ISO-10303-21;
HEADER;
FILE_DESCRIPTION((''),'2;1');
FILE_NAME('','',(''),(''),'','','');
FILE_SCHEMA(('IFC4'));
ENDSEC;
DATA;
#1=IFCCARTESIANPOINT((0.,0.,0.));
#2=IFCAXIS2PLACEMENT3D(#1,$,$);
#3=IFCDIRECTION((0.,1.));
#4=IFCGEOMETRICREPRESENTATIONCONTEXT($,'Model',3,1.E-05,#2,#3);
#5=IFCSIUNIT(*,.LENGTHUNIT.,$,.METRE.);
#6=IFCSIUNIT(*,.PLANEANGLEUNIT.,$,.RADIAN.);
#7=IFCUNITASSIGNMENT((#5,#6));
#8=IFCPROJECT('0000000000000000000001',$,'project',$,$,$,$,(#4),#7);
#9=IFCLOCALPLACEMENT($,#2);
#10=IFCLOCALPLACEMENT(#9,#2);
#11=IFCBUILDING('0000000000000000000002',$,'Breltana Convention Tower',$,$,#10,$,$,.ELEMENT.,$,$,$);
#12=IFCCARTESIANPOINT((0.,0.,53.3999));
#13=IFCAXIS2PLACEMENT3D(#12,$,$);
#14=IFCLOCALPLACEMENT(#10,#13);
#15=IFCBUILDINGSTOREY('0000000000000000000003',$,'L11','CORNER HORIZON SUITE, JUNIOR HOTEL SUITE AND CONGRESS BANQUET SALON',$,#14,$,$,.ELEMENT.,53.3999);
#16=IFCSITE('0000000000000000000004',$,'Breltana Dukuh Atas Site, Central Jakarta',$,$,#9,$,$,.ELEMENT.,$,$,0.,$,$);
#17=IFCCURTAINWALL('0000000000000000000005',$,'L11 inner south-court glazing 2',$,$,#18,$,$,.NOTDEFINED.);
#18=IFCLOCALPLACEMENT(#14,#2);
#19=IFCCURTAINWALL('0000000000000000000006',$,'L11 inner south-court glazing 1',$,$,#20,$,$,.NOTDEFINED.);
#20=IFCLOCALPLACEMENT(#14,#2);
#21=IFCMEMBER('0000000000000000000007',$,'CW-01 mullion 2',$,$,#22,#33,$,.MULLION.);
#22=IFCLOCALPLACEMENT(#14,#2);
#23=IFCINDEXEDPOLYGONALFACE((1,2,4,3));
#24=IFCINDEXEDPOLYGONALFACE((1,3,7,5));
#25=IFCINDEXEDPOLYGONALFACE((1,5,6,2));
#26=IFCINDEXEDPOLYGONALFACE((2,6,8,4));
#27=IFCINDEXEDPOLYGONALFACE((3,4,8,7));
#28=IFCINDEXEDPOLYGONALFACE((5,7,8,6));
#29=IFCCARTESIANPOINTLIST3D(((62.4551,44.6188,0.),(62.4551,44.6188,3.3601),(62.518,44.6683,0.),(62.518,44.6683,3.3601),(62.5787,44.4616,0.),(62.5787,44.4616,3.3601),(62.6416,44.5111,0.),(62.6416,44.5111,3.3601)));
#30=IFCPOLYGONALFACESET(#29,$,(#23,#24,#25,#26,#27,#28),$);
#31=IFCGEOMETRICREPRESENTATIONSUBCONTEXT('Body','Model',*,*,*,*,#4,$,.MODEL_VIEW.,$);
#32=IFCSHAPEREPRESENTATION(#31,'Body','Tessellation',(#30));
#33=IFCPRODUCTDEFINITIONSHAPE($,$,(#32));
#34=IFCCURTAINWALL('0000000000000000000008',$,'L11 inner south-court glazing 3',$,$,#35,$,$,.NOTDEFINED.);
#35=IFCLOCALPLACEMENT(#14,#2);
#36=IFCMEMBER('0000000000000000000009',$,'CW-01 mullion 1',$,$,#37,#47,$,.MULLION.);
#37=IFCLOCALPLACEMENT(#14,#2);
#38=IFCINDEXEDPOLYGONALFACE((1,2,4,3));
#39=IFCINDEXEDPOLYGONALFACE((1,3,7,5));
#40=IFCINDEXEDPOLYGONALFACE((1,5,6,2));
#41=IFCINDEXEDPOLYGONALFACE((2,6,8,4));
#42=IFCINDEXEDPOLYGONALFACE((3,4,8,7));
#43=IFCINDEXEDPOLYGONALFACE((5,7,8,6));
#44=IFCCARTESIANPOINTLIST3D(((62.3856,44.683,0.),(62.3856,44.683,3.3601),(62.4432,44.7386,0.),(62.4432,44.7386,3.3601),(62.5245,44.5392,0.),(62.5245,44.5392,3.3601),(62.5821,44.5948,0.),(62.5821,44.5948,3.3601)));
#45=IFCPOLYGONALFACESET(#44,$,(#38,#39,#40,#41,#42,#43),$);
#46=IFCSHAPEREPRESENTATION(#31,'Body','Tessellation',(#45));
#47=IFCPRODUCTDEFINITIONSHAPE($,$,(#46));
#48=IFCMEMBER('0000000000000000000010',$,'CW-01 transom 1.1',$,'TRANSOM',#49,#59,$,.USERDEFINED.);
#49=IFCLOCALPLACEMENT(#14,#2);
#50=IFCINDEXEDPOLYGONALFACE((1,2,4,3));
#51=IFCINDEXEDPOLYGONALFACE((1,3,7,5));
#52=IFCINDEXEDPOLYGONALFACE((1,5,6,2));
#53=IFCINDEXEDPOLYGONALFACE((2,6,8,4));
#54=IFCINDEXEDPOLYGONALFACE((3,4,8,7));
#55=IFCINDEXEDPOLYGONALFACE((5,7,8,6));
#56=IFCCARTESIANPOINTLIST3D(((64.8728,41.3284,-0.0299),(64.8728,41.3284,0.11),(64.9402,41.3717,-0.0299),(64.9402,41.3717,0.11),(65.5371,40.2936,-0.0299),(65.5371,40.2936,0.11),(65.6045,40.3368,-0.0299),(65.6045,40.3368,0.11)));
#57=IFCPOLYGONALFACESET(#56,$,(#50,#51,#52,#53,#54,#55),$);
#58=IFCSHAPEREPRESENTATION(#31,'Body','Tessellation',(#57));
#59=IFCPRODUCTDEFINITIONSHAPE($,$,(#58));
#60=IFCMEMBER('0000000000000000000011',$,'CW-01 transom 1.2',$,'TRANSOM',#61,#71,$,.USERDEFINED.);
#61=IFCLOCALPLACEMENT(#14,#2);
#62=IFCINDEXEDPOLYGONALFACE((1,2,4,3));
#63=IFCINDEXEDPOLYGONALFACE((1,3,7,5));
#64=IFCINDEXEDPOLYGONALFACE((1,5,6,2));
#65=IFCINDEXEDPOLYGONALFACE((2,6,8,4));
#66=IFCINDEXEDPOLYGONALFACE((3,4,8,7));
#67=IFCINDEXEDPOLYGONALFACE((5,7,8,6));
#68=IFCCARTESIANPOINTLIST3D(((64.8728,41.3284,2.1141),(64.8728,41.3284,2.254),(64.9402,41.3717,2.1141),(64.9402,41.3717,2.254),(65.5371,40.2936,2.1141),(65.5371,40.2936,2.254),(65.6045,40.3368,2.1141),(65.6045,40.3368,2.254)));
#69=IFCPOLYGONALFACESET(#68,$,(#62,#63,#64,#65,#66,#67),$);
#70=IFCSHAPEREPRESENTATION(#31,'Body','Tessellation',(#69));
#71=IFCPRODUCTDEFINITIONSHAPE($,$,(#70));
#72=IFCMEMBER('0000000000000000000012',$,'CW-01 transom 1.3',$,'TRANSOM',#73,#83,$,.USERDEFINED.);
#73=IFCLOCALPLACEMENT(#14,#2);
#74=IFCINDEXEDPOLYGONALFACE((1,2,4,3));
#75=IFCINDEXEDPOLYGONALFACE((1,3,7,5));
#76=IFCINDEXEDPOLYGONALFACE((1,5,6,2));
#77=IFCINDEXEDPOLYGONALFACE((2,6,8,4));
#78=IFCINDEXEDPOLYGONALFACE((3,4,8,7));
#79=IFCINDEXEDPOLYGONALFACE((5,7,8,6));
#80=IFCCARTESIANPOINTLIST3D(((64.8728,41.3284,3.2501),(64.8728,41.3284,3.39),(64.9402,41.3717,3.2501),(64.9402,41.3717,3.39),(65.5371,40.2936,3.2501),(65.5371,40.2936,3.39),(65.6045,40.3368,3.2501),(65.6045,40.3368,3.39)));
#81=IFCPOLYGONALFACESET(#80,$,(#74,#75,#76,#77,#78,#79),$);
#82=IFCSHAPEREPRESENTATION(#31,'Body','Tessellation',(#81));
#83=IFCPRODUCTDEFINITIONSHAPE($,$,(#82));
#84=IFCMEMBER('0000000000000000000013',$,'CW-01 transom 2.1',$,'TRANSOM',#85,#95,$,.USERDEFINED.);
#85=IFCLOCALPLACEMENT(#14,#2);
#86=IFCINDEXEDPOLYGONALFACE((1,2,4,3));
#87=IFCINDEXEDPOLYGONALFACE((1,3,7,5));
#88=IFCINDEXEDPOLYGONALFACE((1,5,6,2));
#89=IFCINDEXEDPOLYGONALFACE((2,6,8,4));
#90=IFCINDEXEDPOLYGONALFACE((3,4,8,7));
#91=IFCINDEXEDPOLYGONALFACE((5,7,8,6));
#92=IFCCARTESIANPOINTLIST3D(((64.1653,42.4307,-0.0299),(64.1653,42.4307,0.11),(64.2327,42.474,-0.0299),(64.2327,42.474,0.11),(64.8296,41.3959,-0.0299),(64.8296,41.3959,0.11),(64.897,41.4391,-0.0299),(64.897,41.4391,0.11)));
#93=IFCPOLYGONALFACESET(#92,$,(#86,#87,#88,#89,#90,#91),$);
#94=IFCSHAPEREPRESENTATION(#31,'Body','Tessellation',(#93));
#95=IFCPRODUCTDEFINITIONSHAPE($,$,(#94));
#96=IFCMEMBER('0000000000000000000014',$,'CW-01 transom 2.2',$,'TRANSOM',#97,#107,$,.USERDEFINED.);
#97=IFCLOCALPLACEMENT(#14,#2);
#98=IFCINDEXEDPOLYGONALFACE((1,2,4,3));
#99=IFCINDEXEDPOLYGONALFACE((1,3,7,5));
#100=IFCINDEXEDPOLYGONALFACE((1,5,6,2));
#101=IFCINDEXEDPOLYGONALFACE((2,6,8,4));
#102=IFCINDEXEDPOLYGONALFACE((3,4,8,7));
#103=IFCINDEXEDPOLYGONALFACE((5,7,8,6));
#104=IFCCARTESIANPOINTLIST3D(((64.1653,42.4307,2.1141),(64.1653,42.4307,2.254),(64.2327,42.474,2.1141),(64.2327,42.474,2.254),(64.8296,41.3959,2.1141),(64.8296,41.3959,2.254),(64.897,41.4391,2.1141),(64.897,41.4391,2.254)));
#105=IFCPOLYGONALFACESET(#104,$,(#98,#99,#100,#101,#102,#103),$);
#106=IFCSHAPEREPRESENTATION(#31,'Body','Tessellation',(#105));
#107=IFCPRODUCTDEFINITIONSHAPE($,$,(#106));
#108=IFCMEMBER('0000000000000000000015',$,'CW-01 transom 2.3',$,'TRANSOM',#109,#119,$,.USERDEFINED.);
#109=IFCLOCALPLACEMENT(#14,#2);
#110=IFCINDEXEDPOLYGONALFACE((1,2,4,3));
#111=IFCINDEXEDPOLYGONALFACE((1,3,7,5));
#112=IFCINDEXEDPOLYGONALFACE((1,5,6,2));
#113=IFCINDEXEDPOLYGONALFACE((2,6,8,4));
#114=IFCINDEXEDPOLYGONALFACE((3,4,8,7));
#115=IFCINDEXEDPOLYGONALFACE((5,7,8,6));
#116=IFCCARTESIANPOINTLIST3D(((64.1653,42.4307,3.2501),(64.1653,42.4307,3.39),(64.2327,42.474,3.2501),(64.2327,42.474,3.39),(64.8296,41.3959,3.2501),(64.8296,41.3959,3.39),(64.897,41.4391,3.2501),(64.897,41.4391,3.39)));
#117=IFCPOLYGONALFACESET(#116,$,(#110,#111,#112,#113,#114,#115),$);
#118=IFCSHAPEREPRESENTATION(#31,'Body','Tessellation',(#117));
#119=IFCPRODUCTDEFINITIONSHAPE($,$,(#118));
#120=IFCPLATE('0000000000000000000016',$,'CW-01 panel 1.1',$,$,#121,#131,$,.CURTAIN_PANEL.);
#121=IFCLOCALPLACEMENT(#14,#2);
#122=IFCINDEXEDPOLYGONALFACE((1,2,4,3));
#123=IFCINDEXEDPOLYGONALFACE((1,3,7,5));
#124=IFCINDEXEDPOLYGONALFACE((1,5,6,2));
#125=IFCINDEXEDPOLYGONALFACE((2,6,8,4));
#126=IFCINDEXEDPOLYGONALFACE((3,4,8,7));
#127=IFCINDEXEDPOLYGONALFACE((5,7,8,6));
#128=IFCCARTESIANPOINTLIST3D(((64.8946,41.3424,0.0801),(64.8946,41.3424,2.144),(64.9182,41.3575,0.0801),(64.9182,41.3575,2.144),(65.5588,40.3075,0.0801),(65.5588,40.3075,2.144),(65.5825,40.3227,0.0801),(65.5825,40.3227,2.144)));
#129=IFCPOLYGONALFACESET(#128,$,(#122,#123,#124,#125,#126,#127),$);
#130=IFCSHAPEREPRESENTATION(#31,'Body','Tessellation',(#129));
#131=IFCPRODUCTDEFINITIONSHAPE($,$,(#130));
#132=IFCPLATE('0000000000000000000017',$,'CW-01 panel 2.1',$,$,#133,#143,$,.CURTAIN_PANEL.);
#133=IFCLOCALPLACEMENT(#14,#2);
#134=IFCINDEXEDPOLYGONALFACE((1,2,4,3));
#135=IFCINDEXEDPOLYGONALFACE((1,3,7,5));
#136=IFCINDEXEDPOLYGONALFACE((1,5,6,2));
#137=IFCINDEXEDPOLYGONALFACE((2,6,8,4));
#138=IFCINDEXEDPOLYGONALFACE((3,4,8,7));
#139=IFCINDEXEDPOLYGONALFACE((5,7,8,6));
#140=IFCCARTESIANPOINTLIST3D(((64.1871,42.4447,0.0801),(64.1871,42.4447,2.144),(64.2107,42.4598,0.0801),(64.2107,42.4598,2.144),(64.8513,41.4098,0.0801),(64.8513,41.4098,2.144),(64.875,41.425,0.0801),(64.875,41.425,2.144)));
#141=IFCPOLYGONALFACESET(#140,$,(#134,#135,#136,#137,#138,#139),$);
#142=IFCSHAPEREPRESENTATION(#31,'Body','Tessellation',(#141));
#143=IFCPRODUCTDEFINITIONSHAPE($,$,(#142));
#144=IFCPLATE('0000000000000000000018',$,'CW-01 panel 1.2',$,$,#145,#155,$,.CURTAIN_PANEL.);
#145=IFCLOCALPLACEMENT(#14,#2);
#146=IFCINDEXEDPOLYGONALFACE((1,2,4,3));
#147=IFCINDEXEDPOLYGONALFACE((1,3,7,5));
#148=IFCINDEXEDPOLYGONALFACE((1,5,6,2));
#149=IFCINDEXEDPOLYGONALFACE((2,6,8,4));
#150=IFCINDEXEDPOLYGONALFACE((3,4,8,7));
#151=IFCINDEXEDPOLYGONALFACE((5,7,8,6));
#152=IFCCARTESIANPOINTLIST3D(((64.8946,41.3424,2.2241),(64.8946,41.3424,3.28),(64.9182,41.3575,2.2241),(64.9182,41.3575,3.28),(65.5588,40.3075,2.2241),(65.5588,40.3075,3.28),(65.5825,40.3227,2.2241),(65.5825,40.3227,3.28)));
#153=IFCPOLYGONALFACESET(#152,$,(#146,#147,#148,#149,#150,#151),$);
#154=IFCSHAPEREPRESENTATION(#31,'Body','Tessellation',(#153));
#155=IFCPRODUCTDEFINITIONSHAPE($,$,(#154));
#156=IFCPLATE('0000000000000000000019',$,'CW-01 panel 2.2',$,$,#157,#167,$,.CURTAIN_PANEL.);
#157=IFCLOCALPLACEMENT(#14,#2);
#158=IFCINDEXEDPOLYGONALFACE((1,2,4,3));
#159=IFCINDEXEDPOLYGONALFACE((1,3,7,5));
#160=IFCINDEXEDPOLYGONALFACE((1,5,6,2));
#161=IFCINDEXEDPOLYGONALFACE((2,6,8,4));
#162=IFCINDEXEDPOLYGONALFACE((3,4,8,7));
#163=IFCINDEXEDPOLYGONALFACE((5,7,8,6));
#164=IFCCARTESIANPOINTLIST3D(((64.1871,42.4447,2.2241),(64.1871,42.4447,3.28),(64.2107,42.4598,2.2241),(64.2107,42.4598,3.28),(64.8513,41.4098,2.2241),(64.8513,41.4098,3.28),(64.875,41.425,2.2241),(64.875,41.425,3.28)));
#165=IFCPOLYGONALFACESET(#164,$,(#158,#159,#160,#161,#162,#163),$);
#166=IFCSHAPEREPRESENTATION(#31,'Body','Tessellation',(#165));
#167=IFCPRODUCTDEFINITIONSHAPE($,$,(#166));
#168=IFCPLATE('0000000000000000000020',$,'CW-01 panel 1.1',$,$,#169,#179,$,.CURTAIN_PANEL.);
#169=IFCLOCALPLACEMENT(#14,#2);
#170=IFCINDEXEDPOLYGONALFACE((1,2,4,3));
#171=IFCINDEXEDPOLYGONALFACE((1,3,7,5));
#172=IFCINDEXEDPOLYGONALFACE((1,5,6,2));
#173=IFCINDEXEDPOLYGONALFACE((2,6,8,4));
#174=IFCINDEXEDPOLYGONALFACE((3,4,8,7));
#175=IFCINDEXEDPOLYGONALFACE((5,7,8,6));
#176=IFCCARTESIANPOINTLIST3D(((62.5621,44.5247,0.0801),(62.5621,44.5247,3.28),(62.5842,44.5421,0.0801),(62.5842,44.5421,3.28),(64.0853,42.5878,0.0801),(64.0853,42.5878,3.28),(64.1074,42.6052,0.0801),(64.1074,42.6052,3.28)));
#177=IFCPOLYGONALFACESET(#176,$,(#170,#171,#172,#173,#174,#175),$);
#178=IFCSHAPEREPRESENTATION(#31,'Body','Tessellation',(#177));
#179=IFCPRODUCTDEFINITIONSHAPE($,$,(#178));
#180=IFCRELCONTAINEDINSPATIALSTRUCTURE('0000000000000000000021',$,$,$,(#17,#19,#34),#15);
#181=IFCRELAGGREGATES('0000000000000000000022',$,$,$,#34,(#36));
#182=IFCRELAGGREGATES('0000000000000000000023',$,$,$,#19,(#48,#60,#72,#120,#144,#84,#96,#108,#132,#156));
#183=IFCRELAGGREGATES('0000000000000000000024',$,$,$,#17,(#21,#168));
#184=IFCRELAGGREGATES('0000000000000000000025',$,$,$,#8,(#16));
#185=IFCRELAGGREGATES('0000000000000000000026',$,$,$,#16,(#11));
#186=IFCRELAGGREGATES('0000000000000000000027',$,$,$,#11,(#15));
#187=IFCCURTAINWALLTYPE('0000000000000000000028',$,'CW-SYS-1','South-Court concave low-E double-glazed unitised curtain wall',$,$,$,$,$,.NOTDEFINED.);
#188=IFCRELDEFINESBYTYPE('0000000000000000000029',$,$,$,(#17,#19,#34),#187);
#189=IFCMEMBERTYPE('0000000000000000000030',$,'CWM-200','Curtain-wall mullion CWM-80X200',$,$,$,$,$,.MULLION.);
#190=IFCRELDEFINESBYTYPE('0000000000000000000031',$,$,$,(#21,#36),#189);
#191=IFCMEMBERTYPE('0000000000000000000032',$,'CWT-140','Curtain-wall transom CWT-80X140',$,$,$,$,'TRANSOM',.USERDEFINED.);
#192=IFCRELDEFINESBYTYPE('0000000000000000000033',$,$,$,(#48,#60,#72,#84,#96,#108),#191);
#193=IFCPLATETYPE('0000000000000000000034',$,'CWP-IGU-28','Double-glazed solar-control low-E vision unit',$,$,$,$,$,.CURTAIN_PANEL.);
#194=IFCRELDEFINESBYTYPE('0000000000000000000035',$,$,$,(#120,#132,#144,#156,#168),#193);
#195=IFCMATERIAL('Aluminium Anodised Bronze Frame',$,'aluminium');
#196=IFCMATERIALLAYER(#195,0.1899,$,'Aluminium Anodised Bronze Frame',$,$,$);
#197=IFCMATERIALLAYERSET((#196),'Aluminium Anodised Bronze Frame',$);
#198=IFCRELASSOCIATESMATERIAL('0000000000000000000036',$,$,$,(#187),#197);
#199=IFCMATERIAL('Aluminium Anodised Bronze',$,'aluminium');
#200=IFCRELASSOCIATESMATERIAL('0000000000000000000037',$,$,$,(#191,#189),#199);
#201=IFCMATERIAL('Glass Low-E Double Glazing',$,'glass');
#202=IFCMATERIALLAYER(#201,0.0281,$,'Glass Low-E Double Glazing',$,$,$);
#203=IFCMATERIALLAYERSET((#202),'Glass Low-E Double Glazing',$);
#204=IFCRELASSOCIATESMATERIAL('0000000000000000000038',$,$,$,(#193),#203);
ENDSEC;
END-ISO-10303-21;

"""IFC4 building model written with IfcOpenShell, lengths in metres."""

from ifc_helpers import new_model, si_unit, direction, frame, origin, origin_2d, place, context, subcontext, project, spatial, rectangle, extrude, source, transform, mapped, material, layer, layer_set, material_profile, profile_set, type_object, element, aggregate, save


model = new_model("IFC4")

# Units and contexts
model_context = context("Model", 3, precision=1e-05, world=origin(), true_north=direction((0.0, 1.0)))
body_context = subcontext(model_context, "Body", "Model", "MODEL_VIEW")
ifc_project = project(units=[si_unit("LENGTHUNIT", "METRE"), si_unit("PLANEANGLEUNIT", "RADIAN")], contexts=[model_context])

# Site, building, storey
site_placement = place(None, origin())
site = spatial("IfcSite", under=ifc_project, at=site_placement, Name="Breltana Dukuh Atas Site, Central Jakarta", CompositionType="ELEMENT", RefElevation=0.0)
building_placement = place(site_placement, origin())
building = spatial("IfcBuilding", under=site, at=building_placement, Name="Breltana Convention Tower", CompositionType="ELEMENT")
storey_placement = place(building_placement, frame((0.0, 0.0, 53.3999)))
storey = spatial("IfcBuildingStorey", under=building, at=storey_placement, Name="L11", Description="CORNER HORIZON SUITE, JUNIOR HOTEL SUITE AND CONGRESS BANQUET SALON", CompositionType="ELEMENT", Elevation=53.3999)

# Curtain walls
ifc_material_1 = material(Name="Aluminium Anodised Bronze Frame", Category="aluminium")
ifc_layer_1 = layer(ifc_material_1, 0.1899, Name="Aluminium Anodised Bronze Frame")
ifc_layer_set_1 = layer_set([ifc_layer_1], Name="Aluminium Anodised Bronze Frame")
curtain_wall_type = type_object("IfcCurtainWallType", Name="CW-SYS-1", Description="South-Court concave low-E double-glazed unitised curtain wall", PredefinedType="NOTDEFINED", material=ifc_layer_set_1)
curtain_wall_1_placement = place(storey_placement, origin())
curtain_wall_1 = element("IfcCurtainWall", 1, at=curtain_wall_1_placement, inside=storey, type_object=curtain_wall_type, Name="L11 inner south-court glazing 2", PredefinedType="NOTDEFINED")
ifc_material_2 = material(Name="Aluminium Anodised Bronze", Category="aluminium")
ifc_material_profile_1 = material_profile(ifc_material_2, rectangle(XDim=0.0801, YDim=0.1399, at=origin_2d()), Name="CWT-80X140")
ifc_profile_set_1 = profile_set([ifc_material_profile_1], Name="Aluminium Anodised Bronze")
member_type_1 = type_object("IfcMemberType", Name="CWT-140", Description="Curtain-wall transom CWT-80X140", ElementType="TRANSOM", PredefinedType="USERDEFINED", material=ifc_profile_set_1)
curtain_wall_2_placement = place(storey_placement, origin())
curtain_wall_2 = element("IfcCurtainWall", 2, at=curtain_wall_2_placement, inside=storey, type_object=curtain_wall_type, Name="L11 inner south-court glazing 1", PredefinedType="NOTDEFINED")
ifc_material_profile_2 = material_profile(ifc_material_2, rectangle(XDim=0.0801, YDim=0.2, at=origin_2d()), Name="CWM-80X200")
ifc_profile_set_2 = profile_set([ifc_material_profile_2], Name="Aluminium Anodised Bronze")
member_type_2 = type_object("IfcMemberType", Name="CWM-200", Description="Curtain-wall mullion CWM-80X200", PredefinedType="MULLION", material=ifc_profile_set_2)
shared_shape_1 = source(origin(), body_context, "Body", "SweptSolid", [
    extrude(rectangle(XDim=0.0801, YDim=0.2, at=origin_2d()), origin(), (0.0, 0.0, 1.0), 3.3601),
])

# Member
member_1_placement = place(storey_placement, frame((62.5483, 44.5649, 0.0), z_axis=(0.0, 0.0, 1.0), x_axis=(-0.786058, -0.618153, 0.0)))
member_1 = element("IfcMember", 3, at=member_1_placement, type_object=member_type_2, Name="CW-01 mullion 2", PredefinedType="MULLION", context=body_context, shape_type="MappedRepresentation", body=[
    mapped(shared_shape_1, transform((0.0, 0.0, 0.0), scale=1.0)),
])

# Curtain wall, member
curtain_wall_3_placement = place(storey_placement, origin())
curtain_wall_3 = element("IfcCurtainWall", 4, at=curtain_wall_3_placement, inside=storey, type_object=curtain_wall_type, Name="L11 inner south-court glazing 3", PredefinedType="NOTDEFINED")
member_2_placement = place(storey_placement, frame((62.4839, 44.6389, 0.0), z_axis=(0.0, 0.0, 1.0), x_axis=(-0.719385, -0.694612, 0.0)))
member_2 = element("IfcMember", 5, at=member_2_placement, type_object=member_type_2, Name="CW-01 mullion 1", PredefinedType="MULLION", context=body_context, shape_type="MappedRepresentation", body=[
    mapped(shared_shape_1, transform((0.0, 0.0, 0.0), scale=1.0)),
])
aggregate(curtain_wall_3, [member_2])

# Members
shared_shape_2 = source(origin(), body_context, "Body", "SweptSolid", [
    extrude(rectangle(XDim=0.0801, YDim=0.1399, at=origin_2d()), origin(), (0.0, 0.0, 1.0), 1.2297),
])
member_3_placement = place(storey_placement, frame((65.5708, 40.3152, 0.04), z_axis=(-0.540186, 0.841546, 0.0), x_axis=(-0.841546, -0.540186, 0.0)))
member_3 = element("IfcMember", 6, at=member_3_placement, type_object=member_type_1, Name="CW-01 transom 1.1", ObjectType="TRANSOM", PredefinedType="USERDEFINED", context=body_context, shape_type="MappedRepresentation", body=[
    mapped(shared_shape_2, transform((0.0, 0.0, 0.0), scale=1.0)),
])
member_4_placement = place(storey_placement, frame((65.5708, 40.3152, 2.1841), z_axis=(-0.540186, 0.841546, 0.0), x_axis=(-0.841546, -0.540186, 0.0)))
member_4 = element("IfcMember", 7, at=member_4_placement, type_object=member_type_1, Name="CW-01 transom 1.2", ObjectType="TRANSOM", PredefinedType="USERDEFINED", context=body_context, shape_type="MappedRepresentation", body=[
    mapped(shared_shape_2, transform((0.0, 0.0, 0.0), scale=1.0)),
])
member_5_placement = place(storey_placement, frame((65.5708, 40.3152, 3.3201), z_axis=(-0.540186, 0.841546, 0.0), x_axis=(-0.841546, -0.540186, 0.0)))
member_5 = element("IfcMember", 8, at=member_5_placement, type_object=member_type_1, Name="CW-01 transom 1.3", ObjectType="TRANSOM", PredefinedType="USERDEFINED", context=body_context, shape_type="MappedRepresentation", body=[
    mapped(shared_shape_2, transform((0.0, 0.0, 0.0), scale=1.0)),
])
member_6_placement = place(storey_placement, frame((64.8633, 41.4175, 0.04), z_axis=(-0.540186, 0.841546, 0.0), x_axis=(-0.841546, -0.540186, 0.0)))
member_6 = element("IfcMember", 9, at=member_6_placement, type_object=member_type_1, Name="CW-01 transom 2.1", ObjectType="TRANSOM", PredefinedType="USERDEFINED", context=body_context, shape_type="MappedRepresentation", body=[
    mapped(shared_shape_2, transform((0.0, 0.0, 0.0), scale=1.0)),
])
member_7_placement = place(storey_placement, frame((64.8633, 41.4175, 2.1841), z_axis=(-0.540186, 0.841546, 0.0), x_axis=(-0.841546, -0.540186, 0.0)))
member_7 = element("IfcMember", 10, at=member_7_placement, type_object=member_type_1, Name="CW-01 transom 2.2", ObjectType="TRANSOM", PredefinedType="USERDEFINED", context=body_context, shape_type="MappedRepresentation", body=[
    mapped(shared_shape_2, transform((0.0, 0.0, 0.0), scale=1.0)),
])
member_8_placement = place(storey_placement, frame((64.8633, 41.4175, 3.3201), z_axis=(-0.540186, 0.841546, 0.0), x_axis=(-0.841546, -0.540186, 0.0)))
member_8 = element("IfcMember", 11, at=member_8_placement, type_object=member_type_1, Name="CW-01 transom 2.3", ObjectType="TRANSOM", PredefinedType="USERDEFINED", context=body_context, shape_type="MappedRepresentation", body=[
    mapped(shared_shape_2, transform((0.0, 0.0, 0.0), scale=1.0)),
])

# Plates
ifc_material_3 = material(Name="Glass Low-E Double Glazing", Category="glass")
ifc_layer_2 = layer(ifc_material_3, 0.0281, Name="Glass Low-E Double Glazing")
ifc_layer_set_2 = layer_set([ifc_layer_2], Name="Glass Low-E Double Glazing")
plate_type = type_object("IfcPlateType", Name="CWP-IGU-28", Description="Double-glazed solar-control low-E vision unit", PredefinedType="CURTAIN_PANEL", material=ifc_layer_set_2)
shared_shape_3 = source(origin(), body_context, "Body", "SweptSolid", [
    extrude(rectangle(XDim=1.2297, YDim=0.0281, at=origin_2d()), origin(), (0.0, 0.0, 1.0), 2.064),
])
plate_1_placement = place(storey_placement, frame((65.2385, 40.8325, 0.0801), z_axis=(0.0, 0.0, 1.0), x_axis=(-0.54017, 0.841556, 0.0)))
plate_1 = element("IfcPlate", 12, at=plate_1_placement, type_object=plate_type, Name="CW-01 panel 1.1", PredefinedType="CURTAIN_PANEL", context=body_context, shape_type="MappedRepresentation", body=[
    mapped(shared_shape_3, transform((0.0, 0.0, 0.0), scale=1.0)),
])
plate_2_placement = place(storey_placement, frame((64.531, 41.9348, 0.0801), z_axis=(0.0, 0.0, 1.0), x_axis=(-0.54017, 0.841556, 0.0)))
plate_2 = element("IfcPlate", 13, at=plate_2_placement, type_object=plate_type, Name="CW-01 panel 2.1", PredefinedType="CURTAIN_PANEL", context=body_context, shape_type="MappedRepresentation", body=[
    mapped(shared_shape_3, transform((0.0, 0.0, 0.0), scale=1.0)),
])
shared_shape_4 = source(origin(), body_context, "Body", "SweptSolid", [
    extrude(rectangle(XDim=1.2297, YDim=0.0281, at=origin_2d()), origin(), (0.0, 0.0, 1.0), 1.0559),
])
plate_3_placement = place(storey_placement, frame((65.2385, 40.8325, 2.2241), z_axis=(0.0, 0.0, 1.0), x_axis=(-0.54017, 0.841556, 0.0)))
plate_3 = element("IfcPlate", 14, at=plate_3_placement, type_object=plate_type, Name="CW-01 panel 1.2", PredefinedType="CURTAIN_PANEL", context=body_context, shape_type="MappedRepresentation", body=[
    mapped(shared_shape_4, transform((0.0, 0.0, 0.0), scale=1.0)),
])
plate_4_placement = place(storey_placement, frame((64.531, 41.9348, 2.2241), z_axis=(0.0, 0.0, 1.0), x_axis=(-0.54017, 0.841556, 0.0)))
plate_4 = element("IfcPlate", 15, at=plate_4_placement, type_object=plate_type, Name="CW-01 panel 2.2", PredefinedType="CURTAIN_PANEL", context=body_context, shape_type="MappedRepresentation", body=[
    mapped(shared_shape_4, transform((0.0, 0.0, 0.0), scale=1.0)),
])
aggregate(curtain_wall_2, [member_3, member_4, member_5, plate_1, plate_3, member_6, member_7, member_8, plate_2, plate_4])
shared_shape_5 = source(origin(), body_context, "Body", "SweptSolid", [
    extrude(rectangle(XDim=2.4641, YDim=0.0281, at=origin_2d()), origin(), (0.0, 0.0, 1.0), 3.2),
])
plate_5_placement = place(storey_placement, frame((63.3347, 43.5649, 0.0801), z_axis=(0.0, 0.0, 1.0), x_axis=(-0.618153, 0.786058, 0.0)))
plate_5 = element("IfcPlate", 16, at=plate_5_placement, type_object=plate_type, Name="CW-01 panel 1.1", PredefinedType="CURTAIN_PANEL", context=body_context, shape_type="MappedRepresentation", body=[
    mapped(shared_shape_5, transform((0.0, 0.0, 0.0), scale=1.0)),
])
aggregate(curtain_wall_1, [member_1, plate_5])

save(model, "model.ifc")
